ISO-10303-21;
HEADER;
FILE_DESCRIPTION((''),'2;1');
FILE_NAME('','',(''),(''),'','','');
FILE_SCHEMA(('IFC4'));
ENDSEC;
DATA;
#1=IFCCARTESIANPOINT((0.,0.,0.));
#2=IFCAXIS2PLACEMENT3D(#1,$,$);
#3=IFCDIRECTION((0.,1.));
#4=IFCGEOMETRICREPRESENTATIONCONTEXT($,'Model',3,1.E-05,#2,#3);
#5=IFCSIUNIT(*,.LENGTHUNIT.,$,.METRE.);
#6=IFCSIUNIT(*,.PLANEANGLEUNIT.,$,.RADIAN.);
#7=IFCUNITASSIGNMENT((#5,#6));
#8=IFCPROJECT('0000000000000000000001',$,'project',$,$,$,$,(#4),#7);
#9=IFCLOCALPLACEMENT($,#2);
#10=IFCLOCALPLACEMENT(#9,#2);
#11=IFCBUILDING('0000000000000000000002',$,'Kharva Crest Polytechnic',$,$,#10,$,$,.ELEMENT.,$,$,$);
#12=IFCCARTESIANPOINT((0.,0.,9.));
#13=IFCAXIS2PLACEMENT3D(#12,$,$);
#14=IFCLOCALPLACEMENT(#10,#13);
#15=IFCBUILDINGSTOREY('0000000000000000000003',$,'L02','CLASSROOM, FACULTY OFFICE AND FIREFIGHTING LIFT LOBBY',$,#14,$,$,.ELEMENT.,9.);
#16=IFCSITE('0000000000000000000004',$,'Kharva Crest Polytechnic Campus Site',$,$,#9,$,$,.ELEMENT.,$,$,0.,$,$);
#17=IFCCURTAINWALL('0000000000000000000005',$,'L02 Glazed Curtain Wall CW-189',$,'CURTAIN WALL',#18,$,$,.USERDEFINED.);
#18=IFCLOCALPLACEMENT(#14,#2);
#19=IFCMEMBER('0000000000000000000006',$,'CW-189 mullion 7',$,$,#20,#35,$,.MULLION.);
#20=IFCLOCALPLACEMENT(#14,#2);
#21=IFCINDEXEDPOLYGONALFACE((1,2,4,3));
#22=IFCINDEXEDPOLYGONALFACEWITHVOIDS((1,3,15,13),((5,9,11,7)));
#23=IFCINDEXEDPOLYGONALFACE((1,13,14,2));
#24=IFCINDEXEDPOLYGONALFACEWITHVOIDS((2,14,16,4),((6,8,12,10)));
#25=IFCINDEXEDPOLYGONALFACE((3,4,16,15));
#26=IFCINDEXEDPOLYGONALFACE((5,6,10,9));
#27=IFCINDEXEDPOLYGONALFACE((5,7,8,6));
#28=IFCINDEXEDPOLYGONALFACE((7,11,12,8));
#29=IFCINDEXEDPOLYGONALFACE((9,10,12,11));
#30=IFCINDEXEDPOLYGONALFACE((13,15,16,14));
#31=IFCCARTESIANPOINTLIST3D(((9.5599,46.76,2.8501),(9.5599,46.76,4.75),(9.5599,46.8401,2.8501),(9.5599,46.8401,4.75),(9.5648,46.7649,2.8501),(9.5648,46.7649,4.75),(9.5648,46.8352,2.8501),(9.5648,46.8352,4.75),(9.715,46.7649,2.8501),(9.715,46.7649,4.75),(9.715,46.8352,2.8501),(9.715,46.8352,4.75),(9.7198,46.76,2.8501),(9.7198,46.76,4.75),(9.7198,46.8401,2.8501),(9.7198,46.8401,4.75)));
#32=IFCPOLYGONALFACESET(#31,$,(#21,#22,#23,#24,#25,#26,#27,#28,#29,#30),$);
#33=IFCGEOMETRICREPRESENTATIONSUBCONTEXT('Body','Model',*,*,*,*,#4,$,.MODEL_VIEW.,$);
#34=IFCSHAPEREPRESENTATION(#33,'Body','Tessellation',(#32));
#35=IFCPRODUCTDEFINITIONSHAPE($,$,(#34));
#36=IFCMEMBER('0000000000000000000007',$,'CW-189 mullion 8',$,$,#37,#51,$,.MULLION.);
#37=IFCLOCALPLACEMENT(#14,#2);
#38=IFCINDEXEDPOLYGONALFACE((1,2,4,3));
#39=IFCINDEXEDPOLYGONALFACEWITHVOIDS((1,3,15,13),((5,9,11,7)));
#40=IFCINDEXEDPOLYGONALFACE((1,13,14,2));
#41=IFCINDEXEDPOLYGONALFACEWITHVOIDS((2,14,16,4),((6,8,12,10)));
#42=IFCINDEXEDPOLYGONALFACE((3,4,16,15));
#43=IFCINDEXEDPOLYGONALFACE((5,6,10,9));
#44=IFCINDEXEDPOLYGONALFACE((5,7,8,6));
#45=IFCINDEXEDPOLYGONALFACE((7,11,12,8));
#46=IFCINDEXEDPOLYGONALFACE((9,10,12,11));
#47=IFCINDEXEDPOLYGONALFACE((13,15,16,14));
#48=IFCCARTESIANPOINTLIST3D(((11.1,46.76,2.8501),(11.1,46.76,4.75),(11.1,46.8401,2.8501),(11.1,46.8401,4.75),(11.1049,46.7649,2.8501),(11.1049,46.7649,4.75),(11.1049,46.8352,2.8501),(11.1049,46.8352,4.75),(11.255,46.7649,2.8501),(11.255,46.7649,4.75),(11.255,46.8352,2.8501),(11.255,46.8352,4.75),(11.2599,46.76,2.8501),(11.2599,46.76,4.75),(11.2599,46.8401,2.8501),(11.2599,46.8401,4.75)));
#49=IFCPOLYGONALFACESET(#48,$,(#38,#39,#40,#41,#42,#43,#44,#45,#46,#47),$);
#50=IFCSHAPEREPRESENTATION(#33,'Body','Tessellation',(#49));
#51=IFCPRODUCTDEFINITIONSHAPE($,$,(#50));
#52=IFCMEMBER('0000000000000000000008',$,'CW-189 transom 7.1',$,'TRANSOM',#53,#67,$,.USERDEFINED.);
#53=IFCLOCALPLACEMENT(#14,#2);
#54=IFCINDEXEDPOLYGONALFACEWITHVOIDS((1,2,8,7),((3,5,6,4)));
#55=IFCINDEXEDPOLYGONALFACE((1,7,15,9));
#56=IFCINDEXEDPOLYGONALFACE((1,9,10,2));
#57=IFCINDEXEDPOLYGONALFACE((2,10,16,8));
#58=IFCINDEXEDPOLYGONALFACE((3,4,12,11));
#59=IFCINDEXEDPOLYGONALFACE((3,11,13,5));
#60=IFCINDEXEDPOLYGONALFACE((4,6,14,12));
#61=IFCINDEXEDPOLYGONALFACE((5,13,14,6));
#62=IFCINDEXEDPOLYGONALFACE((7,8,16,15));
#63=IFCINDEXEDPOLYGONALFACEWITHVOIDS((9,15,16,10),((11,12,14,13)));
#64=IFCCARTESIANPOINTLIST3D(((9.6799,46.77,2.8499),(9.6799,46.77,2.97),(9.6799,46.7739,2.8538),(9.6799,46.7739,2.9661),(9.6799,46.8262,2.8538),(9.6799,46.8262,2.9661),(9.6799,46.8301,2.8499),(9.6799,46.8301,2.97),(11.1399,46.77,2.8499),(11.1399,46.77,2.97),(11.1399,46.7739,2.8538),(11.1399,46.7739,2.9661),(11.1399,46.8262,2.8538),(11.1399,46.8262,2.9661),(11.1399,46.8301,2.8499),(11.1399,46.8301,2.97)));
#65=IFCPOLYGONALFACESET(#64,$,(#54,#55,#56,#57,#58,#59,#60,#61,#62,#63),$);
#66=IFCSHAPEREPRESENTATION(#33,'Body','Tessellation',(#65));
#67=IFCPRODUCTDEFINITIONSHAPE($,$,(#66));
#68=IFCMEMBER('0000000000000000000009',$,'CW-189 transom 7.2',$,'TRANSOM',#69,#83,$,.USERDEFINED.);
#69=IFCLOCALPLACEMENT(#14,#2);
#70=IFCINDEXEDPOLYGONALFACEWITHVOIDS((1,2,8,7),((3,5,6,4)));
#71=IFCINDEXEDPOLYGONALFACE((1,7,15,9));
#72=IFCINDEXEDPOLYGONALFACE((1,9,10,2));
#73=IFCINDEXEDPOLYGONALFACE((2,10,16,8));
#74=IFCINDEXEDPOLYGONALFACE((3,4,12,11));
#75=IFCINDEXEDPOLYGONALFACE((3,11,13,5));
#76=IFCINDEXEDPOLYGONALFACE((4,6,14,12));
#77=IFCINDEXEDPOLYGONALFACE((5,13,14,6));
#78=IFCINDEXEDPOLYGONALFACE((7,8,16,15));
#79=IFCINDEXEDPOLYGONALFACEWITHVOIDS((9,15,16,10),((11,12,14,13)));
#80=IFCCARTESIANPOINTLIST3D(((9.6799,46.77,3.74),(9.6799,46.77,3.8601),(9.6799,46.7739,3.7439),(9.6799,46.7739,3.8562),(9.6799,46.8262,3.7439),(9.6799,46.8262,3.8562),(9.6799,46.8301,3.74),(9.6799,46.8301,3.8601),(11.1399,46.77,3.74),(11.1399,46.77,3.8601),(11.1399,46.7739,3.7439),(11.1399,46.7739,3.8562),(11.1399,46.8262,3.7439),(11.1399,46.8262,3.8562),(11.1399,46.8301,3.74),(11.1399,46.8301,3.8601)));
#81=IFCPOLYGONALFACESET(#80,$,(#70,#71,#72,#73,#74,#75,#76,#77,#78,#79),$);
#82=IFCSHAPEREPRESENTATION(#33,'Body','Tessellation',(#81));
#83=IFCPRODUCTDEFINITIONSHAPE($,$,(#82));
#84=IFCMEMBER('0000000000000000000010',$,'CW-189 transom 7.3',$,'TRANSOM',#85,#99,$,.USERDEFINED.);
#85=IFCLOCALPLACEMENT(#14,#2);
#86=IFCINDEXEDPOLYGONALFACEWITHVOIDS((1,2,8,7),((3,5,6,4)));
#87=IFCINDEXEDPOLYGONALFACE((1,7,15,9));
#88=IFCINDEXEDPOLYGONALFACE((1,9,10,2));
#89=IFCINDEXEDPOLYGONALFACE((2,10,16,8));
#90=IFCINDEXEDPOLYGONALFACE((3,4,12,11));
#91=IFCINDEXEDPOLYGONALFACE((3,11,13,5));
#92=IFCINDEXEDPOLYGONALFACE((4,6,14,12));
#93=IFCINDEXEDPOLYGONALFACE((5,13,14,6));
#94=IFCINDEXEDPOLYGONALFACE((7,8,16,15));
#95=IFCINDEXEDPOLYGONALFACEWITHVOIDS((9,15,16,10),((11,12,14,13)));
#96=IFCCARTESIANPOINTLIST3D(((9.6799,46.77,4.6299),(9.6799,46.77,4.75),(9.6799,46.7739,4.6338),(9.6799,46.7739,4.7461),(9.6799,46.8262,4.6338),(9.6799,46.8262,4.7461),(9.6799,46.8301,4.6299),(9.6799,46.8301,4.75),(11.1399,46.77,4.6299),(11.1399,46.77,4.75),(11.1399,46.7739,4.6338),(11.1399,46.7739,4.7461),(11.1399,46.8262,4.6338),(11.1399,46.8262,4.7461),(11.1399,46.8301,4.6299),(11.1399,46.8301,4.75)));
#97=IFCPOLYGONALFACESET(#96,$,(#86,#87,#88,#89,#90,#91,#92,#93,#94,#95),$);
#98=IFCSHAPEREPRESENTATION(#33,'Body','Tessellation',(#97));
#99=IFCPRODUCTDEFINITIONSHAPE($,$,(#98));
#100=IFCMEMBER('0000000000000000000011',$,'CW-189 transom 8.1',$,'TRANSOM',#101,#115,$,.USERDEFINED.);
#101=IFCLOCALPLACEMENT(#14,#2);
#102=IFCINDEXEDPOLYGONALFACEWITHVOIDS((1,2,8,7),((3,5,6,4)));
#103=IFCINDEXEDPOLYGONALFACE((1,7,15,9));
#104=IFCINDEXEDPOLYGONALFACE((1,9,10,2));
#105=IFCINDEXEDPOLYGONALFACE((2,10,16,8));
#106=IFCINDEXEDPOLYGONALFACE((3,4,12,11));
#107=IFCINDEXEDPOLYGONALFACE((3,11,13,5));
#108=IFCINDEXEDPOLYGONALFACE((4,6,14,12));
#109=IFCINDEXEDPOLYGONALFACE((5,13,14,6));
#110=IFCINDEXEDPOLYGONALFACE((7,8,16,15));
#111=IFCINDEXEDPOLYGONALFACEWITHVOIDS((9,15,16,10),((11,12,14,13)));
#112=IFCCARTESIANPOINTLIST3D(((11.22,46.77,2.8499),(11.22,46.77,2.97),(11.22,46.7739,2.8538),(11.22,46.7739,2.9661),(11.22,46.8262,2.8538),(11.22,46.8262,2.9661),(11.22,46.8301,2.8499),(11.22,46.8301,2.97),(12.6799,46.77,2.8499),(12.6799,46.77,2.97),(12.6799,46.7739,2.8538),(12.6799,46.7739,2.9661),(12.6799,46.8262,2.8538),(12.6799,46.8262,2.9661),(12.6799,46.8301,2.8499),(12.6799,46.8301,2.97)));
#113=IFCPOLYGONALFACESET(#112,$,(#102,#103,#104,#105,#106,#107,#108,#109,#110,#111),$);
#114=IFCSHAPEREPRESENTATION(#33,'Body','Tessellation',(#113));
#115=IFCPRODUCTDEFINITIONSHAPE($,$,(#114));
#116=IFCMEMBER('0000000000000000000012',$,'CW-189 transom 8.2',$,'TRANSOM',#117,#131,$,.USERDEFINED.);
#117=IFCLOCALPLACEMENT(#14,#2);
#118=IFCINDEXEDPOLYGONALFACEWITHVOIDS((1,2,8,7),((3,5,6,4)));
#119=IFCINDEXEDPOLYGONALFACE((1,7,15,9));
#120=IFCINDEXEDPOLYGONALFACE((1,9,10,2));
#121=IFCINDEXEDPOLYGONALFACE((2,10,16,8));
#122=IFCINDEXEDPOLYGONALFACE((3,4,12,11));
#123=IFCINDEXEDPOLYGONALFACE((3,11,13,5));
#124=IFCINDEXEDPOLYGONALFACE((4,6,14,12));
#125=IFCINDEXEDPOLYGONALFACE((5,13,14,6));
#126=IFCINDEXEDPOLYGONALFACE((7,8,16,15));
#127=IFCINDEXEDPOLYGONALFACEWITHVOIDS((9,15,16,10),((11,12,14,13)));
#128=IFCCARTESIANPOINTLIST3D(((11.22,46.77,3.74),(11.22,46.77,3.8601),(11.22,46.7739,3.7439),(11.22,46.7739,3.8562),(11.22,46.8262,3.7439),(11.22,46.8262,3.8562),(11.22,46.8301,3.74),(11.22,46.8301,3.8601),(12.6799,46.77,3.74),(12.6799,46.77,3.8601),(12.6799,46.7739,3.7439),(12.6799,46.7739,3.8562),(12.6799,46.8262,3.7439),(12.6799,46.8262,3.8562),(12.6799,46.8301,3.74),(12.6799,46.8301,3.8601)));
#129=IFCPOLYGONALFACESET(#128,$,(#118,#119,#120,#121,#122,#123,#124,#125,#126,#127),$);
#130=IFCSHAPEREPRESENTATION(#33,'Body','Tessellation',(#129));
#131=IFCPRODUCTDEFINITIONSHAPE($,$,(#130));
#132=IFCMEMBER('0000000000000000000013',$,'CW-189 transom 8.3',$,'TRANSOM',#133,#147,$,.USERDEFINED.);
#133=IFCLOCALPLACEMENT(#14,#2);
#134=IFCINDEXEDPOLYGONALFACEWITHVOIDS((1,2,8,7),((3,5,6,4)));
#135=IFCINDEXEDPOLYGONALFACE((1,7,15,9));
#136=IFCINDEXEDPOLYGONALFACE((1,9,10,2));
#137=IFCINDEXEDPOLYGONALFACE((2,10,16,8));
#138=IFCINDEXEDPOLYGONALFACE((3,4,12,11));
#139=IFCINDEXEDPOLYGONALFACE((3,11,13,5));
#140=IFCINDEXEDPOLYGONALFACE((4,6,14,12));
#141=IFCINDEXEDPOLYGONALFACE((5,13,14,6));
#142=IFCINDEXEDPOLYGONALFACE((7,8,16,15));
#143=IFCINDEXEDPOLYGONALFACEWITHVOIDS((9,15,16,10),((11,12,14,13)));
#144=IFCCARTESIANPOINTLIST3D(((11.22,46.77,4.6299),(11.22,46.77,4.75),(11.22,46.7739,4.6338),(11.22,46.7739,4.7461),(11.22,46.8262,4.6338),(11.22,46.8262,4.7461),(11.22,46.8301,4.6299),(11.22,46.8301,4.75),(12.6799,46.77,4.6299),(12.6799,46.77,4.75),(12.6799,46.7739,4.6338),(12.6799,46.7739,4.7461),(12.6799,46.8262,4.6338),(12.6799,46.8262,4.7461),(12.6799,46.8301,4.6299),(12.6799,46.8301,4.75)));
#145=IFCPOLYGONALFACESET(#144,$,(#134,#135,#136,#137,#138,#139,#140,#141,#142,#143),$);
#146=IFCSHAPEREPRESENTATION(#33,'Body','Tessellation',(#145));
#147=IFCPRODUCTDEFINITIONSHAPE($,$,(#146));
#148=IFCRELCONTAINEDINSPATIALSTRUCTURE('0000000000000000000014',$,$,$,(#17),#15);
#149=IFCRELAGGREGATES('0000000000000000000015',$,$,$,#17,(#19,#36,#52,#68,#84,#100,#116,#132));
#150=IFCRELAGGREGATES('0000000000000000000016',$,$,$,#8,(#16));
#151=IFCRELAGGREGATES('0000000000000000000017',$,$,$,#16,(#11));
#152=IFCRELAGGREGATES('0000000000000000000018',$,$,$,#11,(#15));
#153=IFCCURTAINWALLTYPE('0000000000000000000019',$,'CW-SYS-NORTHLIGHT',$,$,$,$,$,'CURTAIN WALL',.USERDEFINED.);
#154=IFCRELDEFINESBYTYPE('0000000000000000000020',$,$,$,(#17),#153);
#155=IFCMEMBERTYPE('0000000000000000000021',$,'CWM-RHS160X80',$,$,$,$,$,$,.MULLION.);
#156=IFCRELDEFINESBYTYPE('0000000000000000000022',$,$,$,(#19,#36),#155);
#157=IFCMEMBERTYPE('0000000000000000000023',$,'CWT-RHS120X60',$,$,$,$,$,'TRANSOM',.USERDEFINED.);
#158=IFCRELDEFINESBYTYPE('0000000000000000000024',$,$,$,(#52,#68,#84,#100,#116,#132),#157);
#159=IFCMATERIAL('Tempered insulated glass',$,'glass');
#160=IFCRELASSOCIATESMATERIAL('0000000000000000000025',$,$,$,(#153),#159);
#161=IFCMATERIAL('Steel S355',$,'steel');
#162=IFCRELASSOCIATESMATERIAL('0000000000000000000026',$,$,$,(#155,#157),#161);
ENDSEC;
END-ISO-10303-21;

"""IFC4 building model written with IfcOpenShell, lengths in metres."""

from ifc_helpers import new_model, si_unit, direction, frame, origin, origin_2d, place, context, subcontext, project, spatial, hollow_rectangle, extrude, material, material_profile, profile_set, type_object, element, aggregate, save


model = new_model("IFC4")

# Units and contexts
model_context = context("Model", 3, precision=1e-05, world=origin(), true_north=direction((0.0, 1.0)))
body_context = subcontext(model_context, "Body", "Model", "MODEL_VIEW")
ifc_project = project(units=[si_unit("LENGTHUNIT", "METRE"), si_unit("PLANEANGLEUNIT", "RADIAN")], contexts=[model_context])

# Site, building, storey
site_placement = place(None, origin())
site = spatial("IfcSite", under=ifc_project, at=site_placement, Name="Kharva Crest Polytechnic Campus Site", CompositionType="ELEMENT", RefElevation=0.0)
building_placement = place(site_placement, origin())
building = spatial("IfcBuilding", under=site, at=building_placement, Name="Kharva Crest Polytechnic", CompositionType="ELEMENT")
storey_placement = place(building_placement, frame((0.0, 0.0, 9.0)))
storey = spatial("IfcBuildingStorey", under=building, at=storey_placement, Name="L02", Description="CLASSROOM, FACULTY OFFICE AND FIREFIGHTING LIFT LOBBY", CompositionType="ELEMENT", Elevation=9.0)

# Curtain wall, members
ifc_material_1 = material(Name="Tempered insulated glass", Category="glass")
curtain_wall_type = type_object("IfcCurtainWallType", Name="CW-SYS-NORTHLIGHT", ElementType="CURTAIN WALL", PredefinedType="USERDEFINED", material=ifc_material_1)
curtain_wall_placement = place(storey_placement, origin())
curtain_wall = element("IfcCurtainWall", 1, at=curtain_wall_placement, inside=storey, type_object=curtain_wall_type, Name="L02 Glazed Curtain Wall CW-189", ObjectType="CURTAIN WALL", PredefinedType="USERDEFINED")
ifc_material_2 = material(Name="Steel S355", Category="steel")
ifc_material_profile_1 = material_profile(ifc_material_2, hollow_rectangle(XDim=0.0801, YDim=0.1599, WallThickness=0.0049, at=origin_2d()), Name="RHS 160X80X5.0")
ifc_profile_set_1 = profile_set([ifc_material_profile_1], Name="Steel S355")
member_type_1 = type_object("IfcMemberType", Name="CWM-RHS160X80", PredefinedType="MULLION", material=ifc_profile_set_1)
member_1_placement = place(storey_placement, frame((9.6399, 46.8, 2.8501), z_axis=(0.0, 0.0, 1.0), x_axis=(0.0, 1.0, 0.0)))
member_1 = element("IfcMember", 2, at=member_1_placement, type_object=member_type_1, Name="CW-189 mullion 7", PredefinedType="MULLION", context=body_context, shape_type="SweptSolid", body=[
    extrude(hollow_rectangle(XDim=0.0801, YDim=0.1599, WallThickness=0.0049, at=origin_2d()), origin(), (0.0, 0.0, 1.0), 1.8999),
])
member_2_placement = place(storey_placement, frame((11.1799, 46.8, 2.8501), z_axis=(0.0, 0.0, 1.0), x_axis=(0.0, 1.0, 0.0)))
member_2 = element("IfcMember", 3, at=member_2_placement, type_object=member_type_1, Name="CW-189 mullion 8", PredefinedType="MULLION", context=body_context, shape_type="SweptSolid", body=[
    extrude(hollow_rectangle(XDim=0.0801, YDim=0.1599, WallThickness=0.0049, at=origin_2d()), origin(), (0.0, 0.0, 1.0), 1.8999),
])
ifc_material_profile_2 = material_profile(ifc_material_2, hollow_rectangle(XDim=0.0601, YDim=0.1201, WallThickness=0.0039, at=origin_2d()), Name="RHS 120X60X4.0")
ifc_profile_set_2 = profile_set([ifc_material_profile_2], Name="Steel S355")
member_type_2 = type_object("IfcMemberType", Name="CWT-RHS120X60", ElementType="TRANSOM", PredefinedType="USERDEFINED", material=ifc_profile_set_2)
member_3_placement = place(storey_placement, frame((9.6799, 46.8, 2.9099), z_axis=(1.0, 0.0, 0.0), x_axis=(0.0, 1.0, 0.0)))
member_3 = element("IfcMember", 4, at=member_3_placement, type_object=member_type_2, Name="CW-189 transom 7.1", ObjectType="TRANSOM", PredefinedType="USERDEFINED", context=body_context, shape_type="SweptSolid", body=[
    extrude(hollow_rectangle(XDim=0.0601, YDim=0.1201, WallThickness=0.0039, at=origin_2d()), origin(), (0.0, 0.0, 1.0), 1.46),
])
member_4_placement = place(storey_placement, frame((9.6799, 46.8, 3.8), z_axis=(1.0, 0.0, 0.0), x_axis=(0.0, 1.0, 0.0)))
member_4 = element("IfcMember", 5, at=member_4_placement, type_object=member_type_2, Name="CW-189 transom 7.2", ObjectType="TRANSOM", PredefinedType="USERDEFINED", context=body_context, shape_type="SweptSolid", body=[
    extrude(hollow_rectangle(XDim=0.0601, YDim=0.1201, WallThickness=0.0039, at=origin_2d()), origin(), (0.0, 0.0, 1.0), 1.46),
])
member_5_placement = place(storey_placement, frame((9.6799, 46.8, 4.6899), z_axis=(1.0, 0.0, 0.0), x_axis=(0.0, 1.0, 0.0)))
member_5 = element("IfcMember", 6, at=member_5_placement, type_object=member_type_2, Name="CW-189 transom 7.3", ObjectType="TRANSOM", PredefinedType="USERDEFINED", context=body_context, shape_type="SweptSolid", body=[
    extrude(hollow_rectangle(XDim=0.0601, YDim=0.1201, WallThickness=0.0039, at=origin_2d()), origin(), (0.0, 0.0, 1.0), 1.46),
])
member_6_placement = place(storey_placement, frame((11.22, 46.8, 2.9099), z_axis=(1.0, 0.0, 0.0), x_axis=(0.0, 1.0, 0.0)))
member_6 = element("IfcMember", 7, at=member_6_placement, type_object=member_type_2, Name="CW-189 transom 8.1", ObjectType="TRANSOM", PredefinedType="USERDEFINED", context=body_context, shape_type="SweptSolid", body=[
    extrude(hollow_rectangle(XDim=0.0601, YDim=0.1201, WallThickness=0.0039, at=origin_2d()), origin(), (0.0, 0.0, 1.0), 1.46),
])
member_7_placement = place(storey_placement, frame((11.22, 46.8, 3.8), z_axis=(1.0, 0.0, 0.0), x_axis=(0.0, 1.0, 0.0)))
member_7 = element("IfcMember", 8, at=member_7_placement, type_object=member_type_2, Name="CW-189 transom 8.2", ObjectType="TRANSOM", PredefinedType="USERDEFINED", context=body_context, shape_type="SweptSolid", body=[
    extrude(hollow_rectangle(XDim=0.0601, YDim=0.1201, WallThickness=0.0039, at=origin_2d()), origin(), (0.0, 0.0, 1.0), 1.46),
])
member_8_placement = place(storey_placement, frame((11.22, 46.8, 4.6899), z_axis=(1.0, 0.0, 0.0), x_axis=(0.0, 1.0, 0.0)))
member_8 = element("IfcMember", 9, at=member_8_placement, type_object=member_type_2, Name="CW-189 transom 8.3", ObjectType="TRANSOM", PredefinedType="USERDEFINED", context=body_context, shape_type="SweptSolid", body=[
    extrude(hollow_rectangle(XDim=0.0601, YDim=0.1201, WallThickness=0.0039, at=origin_2d()), origin(), (0.0, 0.0, 1.0), 1.46),
])

aggregate(curtain_wall, [member_1, member_2, member_3, member_4, member_5, member_6, member_7, member_8])

save(model, "model.ifc")
